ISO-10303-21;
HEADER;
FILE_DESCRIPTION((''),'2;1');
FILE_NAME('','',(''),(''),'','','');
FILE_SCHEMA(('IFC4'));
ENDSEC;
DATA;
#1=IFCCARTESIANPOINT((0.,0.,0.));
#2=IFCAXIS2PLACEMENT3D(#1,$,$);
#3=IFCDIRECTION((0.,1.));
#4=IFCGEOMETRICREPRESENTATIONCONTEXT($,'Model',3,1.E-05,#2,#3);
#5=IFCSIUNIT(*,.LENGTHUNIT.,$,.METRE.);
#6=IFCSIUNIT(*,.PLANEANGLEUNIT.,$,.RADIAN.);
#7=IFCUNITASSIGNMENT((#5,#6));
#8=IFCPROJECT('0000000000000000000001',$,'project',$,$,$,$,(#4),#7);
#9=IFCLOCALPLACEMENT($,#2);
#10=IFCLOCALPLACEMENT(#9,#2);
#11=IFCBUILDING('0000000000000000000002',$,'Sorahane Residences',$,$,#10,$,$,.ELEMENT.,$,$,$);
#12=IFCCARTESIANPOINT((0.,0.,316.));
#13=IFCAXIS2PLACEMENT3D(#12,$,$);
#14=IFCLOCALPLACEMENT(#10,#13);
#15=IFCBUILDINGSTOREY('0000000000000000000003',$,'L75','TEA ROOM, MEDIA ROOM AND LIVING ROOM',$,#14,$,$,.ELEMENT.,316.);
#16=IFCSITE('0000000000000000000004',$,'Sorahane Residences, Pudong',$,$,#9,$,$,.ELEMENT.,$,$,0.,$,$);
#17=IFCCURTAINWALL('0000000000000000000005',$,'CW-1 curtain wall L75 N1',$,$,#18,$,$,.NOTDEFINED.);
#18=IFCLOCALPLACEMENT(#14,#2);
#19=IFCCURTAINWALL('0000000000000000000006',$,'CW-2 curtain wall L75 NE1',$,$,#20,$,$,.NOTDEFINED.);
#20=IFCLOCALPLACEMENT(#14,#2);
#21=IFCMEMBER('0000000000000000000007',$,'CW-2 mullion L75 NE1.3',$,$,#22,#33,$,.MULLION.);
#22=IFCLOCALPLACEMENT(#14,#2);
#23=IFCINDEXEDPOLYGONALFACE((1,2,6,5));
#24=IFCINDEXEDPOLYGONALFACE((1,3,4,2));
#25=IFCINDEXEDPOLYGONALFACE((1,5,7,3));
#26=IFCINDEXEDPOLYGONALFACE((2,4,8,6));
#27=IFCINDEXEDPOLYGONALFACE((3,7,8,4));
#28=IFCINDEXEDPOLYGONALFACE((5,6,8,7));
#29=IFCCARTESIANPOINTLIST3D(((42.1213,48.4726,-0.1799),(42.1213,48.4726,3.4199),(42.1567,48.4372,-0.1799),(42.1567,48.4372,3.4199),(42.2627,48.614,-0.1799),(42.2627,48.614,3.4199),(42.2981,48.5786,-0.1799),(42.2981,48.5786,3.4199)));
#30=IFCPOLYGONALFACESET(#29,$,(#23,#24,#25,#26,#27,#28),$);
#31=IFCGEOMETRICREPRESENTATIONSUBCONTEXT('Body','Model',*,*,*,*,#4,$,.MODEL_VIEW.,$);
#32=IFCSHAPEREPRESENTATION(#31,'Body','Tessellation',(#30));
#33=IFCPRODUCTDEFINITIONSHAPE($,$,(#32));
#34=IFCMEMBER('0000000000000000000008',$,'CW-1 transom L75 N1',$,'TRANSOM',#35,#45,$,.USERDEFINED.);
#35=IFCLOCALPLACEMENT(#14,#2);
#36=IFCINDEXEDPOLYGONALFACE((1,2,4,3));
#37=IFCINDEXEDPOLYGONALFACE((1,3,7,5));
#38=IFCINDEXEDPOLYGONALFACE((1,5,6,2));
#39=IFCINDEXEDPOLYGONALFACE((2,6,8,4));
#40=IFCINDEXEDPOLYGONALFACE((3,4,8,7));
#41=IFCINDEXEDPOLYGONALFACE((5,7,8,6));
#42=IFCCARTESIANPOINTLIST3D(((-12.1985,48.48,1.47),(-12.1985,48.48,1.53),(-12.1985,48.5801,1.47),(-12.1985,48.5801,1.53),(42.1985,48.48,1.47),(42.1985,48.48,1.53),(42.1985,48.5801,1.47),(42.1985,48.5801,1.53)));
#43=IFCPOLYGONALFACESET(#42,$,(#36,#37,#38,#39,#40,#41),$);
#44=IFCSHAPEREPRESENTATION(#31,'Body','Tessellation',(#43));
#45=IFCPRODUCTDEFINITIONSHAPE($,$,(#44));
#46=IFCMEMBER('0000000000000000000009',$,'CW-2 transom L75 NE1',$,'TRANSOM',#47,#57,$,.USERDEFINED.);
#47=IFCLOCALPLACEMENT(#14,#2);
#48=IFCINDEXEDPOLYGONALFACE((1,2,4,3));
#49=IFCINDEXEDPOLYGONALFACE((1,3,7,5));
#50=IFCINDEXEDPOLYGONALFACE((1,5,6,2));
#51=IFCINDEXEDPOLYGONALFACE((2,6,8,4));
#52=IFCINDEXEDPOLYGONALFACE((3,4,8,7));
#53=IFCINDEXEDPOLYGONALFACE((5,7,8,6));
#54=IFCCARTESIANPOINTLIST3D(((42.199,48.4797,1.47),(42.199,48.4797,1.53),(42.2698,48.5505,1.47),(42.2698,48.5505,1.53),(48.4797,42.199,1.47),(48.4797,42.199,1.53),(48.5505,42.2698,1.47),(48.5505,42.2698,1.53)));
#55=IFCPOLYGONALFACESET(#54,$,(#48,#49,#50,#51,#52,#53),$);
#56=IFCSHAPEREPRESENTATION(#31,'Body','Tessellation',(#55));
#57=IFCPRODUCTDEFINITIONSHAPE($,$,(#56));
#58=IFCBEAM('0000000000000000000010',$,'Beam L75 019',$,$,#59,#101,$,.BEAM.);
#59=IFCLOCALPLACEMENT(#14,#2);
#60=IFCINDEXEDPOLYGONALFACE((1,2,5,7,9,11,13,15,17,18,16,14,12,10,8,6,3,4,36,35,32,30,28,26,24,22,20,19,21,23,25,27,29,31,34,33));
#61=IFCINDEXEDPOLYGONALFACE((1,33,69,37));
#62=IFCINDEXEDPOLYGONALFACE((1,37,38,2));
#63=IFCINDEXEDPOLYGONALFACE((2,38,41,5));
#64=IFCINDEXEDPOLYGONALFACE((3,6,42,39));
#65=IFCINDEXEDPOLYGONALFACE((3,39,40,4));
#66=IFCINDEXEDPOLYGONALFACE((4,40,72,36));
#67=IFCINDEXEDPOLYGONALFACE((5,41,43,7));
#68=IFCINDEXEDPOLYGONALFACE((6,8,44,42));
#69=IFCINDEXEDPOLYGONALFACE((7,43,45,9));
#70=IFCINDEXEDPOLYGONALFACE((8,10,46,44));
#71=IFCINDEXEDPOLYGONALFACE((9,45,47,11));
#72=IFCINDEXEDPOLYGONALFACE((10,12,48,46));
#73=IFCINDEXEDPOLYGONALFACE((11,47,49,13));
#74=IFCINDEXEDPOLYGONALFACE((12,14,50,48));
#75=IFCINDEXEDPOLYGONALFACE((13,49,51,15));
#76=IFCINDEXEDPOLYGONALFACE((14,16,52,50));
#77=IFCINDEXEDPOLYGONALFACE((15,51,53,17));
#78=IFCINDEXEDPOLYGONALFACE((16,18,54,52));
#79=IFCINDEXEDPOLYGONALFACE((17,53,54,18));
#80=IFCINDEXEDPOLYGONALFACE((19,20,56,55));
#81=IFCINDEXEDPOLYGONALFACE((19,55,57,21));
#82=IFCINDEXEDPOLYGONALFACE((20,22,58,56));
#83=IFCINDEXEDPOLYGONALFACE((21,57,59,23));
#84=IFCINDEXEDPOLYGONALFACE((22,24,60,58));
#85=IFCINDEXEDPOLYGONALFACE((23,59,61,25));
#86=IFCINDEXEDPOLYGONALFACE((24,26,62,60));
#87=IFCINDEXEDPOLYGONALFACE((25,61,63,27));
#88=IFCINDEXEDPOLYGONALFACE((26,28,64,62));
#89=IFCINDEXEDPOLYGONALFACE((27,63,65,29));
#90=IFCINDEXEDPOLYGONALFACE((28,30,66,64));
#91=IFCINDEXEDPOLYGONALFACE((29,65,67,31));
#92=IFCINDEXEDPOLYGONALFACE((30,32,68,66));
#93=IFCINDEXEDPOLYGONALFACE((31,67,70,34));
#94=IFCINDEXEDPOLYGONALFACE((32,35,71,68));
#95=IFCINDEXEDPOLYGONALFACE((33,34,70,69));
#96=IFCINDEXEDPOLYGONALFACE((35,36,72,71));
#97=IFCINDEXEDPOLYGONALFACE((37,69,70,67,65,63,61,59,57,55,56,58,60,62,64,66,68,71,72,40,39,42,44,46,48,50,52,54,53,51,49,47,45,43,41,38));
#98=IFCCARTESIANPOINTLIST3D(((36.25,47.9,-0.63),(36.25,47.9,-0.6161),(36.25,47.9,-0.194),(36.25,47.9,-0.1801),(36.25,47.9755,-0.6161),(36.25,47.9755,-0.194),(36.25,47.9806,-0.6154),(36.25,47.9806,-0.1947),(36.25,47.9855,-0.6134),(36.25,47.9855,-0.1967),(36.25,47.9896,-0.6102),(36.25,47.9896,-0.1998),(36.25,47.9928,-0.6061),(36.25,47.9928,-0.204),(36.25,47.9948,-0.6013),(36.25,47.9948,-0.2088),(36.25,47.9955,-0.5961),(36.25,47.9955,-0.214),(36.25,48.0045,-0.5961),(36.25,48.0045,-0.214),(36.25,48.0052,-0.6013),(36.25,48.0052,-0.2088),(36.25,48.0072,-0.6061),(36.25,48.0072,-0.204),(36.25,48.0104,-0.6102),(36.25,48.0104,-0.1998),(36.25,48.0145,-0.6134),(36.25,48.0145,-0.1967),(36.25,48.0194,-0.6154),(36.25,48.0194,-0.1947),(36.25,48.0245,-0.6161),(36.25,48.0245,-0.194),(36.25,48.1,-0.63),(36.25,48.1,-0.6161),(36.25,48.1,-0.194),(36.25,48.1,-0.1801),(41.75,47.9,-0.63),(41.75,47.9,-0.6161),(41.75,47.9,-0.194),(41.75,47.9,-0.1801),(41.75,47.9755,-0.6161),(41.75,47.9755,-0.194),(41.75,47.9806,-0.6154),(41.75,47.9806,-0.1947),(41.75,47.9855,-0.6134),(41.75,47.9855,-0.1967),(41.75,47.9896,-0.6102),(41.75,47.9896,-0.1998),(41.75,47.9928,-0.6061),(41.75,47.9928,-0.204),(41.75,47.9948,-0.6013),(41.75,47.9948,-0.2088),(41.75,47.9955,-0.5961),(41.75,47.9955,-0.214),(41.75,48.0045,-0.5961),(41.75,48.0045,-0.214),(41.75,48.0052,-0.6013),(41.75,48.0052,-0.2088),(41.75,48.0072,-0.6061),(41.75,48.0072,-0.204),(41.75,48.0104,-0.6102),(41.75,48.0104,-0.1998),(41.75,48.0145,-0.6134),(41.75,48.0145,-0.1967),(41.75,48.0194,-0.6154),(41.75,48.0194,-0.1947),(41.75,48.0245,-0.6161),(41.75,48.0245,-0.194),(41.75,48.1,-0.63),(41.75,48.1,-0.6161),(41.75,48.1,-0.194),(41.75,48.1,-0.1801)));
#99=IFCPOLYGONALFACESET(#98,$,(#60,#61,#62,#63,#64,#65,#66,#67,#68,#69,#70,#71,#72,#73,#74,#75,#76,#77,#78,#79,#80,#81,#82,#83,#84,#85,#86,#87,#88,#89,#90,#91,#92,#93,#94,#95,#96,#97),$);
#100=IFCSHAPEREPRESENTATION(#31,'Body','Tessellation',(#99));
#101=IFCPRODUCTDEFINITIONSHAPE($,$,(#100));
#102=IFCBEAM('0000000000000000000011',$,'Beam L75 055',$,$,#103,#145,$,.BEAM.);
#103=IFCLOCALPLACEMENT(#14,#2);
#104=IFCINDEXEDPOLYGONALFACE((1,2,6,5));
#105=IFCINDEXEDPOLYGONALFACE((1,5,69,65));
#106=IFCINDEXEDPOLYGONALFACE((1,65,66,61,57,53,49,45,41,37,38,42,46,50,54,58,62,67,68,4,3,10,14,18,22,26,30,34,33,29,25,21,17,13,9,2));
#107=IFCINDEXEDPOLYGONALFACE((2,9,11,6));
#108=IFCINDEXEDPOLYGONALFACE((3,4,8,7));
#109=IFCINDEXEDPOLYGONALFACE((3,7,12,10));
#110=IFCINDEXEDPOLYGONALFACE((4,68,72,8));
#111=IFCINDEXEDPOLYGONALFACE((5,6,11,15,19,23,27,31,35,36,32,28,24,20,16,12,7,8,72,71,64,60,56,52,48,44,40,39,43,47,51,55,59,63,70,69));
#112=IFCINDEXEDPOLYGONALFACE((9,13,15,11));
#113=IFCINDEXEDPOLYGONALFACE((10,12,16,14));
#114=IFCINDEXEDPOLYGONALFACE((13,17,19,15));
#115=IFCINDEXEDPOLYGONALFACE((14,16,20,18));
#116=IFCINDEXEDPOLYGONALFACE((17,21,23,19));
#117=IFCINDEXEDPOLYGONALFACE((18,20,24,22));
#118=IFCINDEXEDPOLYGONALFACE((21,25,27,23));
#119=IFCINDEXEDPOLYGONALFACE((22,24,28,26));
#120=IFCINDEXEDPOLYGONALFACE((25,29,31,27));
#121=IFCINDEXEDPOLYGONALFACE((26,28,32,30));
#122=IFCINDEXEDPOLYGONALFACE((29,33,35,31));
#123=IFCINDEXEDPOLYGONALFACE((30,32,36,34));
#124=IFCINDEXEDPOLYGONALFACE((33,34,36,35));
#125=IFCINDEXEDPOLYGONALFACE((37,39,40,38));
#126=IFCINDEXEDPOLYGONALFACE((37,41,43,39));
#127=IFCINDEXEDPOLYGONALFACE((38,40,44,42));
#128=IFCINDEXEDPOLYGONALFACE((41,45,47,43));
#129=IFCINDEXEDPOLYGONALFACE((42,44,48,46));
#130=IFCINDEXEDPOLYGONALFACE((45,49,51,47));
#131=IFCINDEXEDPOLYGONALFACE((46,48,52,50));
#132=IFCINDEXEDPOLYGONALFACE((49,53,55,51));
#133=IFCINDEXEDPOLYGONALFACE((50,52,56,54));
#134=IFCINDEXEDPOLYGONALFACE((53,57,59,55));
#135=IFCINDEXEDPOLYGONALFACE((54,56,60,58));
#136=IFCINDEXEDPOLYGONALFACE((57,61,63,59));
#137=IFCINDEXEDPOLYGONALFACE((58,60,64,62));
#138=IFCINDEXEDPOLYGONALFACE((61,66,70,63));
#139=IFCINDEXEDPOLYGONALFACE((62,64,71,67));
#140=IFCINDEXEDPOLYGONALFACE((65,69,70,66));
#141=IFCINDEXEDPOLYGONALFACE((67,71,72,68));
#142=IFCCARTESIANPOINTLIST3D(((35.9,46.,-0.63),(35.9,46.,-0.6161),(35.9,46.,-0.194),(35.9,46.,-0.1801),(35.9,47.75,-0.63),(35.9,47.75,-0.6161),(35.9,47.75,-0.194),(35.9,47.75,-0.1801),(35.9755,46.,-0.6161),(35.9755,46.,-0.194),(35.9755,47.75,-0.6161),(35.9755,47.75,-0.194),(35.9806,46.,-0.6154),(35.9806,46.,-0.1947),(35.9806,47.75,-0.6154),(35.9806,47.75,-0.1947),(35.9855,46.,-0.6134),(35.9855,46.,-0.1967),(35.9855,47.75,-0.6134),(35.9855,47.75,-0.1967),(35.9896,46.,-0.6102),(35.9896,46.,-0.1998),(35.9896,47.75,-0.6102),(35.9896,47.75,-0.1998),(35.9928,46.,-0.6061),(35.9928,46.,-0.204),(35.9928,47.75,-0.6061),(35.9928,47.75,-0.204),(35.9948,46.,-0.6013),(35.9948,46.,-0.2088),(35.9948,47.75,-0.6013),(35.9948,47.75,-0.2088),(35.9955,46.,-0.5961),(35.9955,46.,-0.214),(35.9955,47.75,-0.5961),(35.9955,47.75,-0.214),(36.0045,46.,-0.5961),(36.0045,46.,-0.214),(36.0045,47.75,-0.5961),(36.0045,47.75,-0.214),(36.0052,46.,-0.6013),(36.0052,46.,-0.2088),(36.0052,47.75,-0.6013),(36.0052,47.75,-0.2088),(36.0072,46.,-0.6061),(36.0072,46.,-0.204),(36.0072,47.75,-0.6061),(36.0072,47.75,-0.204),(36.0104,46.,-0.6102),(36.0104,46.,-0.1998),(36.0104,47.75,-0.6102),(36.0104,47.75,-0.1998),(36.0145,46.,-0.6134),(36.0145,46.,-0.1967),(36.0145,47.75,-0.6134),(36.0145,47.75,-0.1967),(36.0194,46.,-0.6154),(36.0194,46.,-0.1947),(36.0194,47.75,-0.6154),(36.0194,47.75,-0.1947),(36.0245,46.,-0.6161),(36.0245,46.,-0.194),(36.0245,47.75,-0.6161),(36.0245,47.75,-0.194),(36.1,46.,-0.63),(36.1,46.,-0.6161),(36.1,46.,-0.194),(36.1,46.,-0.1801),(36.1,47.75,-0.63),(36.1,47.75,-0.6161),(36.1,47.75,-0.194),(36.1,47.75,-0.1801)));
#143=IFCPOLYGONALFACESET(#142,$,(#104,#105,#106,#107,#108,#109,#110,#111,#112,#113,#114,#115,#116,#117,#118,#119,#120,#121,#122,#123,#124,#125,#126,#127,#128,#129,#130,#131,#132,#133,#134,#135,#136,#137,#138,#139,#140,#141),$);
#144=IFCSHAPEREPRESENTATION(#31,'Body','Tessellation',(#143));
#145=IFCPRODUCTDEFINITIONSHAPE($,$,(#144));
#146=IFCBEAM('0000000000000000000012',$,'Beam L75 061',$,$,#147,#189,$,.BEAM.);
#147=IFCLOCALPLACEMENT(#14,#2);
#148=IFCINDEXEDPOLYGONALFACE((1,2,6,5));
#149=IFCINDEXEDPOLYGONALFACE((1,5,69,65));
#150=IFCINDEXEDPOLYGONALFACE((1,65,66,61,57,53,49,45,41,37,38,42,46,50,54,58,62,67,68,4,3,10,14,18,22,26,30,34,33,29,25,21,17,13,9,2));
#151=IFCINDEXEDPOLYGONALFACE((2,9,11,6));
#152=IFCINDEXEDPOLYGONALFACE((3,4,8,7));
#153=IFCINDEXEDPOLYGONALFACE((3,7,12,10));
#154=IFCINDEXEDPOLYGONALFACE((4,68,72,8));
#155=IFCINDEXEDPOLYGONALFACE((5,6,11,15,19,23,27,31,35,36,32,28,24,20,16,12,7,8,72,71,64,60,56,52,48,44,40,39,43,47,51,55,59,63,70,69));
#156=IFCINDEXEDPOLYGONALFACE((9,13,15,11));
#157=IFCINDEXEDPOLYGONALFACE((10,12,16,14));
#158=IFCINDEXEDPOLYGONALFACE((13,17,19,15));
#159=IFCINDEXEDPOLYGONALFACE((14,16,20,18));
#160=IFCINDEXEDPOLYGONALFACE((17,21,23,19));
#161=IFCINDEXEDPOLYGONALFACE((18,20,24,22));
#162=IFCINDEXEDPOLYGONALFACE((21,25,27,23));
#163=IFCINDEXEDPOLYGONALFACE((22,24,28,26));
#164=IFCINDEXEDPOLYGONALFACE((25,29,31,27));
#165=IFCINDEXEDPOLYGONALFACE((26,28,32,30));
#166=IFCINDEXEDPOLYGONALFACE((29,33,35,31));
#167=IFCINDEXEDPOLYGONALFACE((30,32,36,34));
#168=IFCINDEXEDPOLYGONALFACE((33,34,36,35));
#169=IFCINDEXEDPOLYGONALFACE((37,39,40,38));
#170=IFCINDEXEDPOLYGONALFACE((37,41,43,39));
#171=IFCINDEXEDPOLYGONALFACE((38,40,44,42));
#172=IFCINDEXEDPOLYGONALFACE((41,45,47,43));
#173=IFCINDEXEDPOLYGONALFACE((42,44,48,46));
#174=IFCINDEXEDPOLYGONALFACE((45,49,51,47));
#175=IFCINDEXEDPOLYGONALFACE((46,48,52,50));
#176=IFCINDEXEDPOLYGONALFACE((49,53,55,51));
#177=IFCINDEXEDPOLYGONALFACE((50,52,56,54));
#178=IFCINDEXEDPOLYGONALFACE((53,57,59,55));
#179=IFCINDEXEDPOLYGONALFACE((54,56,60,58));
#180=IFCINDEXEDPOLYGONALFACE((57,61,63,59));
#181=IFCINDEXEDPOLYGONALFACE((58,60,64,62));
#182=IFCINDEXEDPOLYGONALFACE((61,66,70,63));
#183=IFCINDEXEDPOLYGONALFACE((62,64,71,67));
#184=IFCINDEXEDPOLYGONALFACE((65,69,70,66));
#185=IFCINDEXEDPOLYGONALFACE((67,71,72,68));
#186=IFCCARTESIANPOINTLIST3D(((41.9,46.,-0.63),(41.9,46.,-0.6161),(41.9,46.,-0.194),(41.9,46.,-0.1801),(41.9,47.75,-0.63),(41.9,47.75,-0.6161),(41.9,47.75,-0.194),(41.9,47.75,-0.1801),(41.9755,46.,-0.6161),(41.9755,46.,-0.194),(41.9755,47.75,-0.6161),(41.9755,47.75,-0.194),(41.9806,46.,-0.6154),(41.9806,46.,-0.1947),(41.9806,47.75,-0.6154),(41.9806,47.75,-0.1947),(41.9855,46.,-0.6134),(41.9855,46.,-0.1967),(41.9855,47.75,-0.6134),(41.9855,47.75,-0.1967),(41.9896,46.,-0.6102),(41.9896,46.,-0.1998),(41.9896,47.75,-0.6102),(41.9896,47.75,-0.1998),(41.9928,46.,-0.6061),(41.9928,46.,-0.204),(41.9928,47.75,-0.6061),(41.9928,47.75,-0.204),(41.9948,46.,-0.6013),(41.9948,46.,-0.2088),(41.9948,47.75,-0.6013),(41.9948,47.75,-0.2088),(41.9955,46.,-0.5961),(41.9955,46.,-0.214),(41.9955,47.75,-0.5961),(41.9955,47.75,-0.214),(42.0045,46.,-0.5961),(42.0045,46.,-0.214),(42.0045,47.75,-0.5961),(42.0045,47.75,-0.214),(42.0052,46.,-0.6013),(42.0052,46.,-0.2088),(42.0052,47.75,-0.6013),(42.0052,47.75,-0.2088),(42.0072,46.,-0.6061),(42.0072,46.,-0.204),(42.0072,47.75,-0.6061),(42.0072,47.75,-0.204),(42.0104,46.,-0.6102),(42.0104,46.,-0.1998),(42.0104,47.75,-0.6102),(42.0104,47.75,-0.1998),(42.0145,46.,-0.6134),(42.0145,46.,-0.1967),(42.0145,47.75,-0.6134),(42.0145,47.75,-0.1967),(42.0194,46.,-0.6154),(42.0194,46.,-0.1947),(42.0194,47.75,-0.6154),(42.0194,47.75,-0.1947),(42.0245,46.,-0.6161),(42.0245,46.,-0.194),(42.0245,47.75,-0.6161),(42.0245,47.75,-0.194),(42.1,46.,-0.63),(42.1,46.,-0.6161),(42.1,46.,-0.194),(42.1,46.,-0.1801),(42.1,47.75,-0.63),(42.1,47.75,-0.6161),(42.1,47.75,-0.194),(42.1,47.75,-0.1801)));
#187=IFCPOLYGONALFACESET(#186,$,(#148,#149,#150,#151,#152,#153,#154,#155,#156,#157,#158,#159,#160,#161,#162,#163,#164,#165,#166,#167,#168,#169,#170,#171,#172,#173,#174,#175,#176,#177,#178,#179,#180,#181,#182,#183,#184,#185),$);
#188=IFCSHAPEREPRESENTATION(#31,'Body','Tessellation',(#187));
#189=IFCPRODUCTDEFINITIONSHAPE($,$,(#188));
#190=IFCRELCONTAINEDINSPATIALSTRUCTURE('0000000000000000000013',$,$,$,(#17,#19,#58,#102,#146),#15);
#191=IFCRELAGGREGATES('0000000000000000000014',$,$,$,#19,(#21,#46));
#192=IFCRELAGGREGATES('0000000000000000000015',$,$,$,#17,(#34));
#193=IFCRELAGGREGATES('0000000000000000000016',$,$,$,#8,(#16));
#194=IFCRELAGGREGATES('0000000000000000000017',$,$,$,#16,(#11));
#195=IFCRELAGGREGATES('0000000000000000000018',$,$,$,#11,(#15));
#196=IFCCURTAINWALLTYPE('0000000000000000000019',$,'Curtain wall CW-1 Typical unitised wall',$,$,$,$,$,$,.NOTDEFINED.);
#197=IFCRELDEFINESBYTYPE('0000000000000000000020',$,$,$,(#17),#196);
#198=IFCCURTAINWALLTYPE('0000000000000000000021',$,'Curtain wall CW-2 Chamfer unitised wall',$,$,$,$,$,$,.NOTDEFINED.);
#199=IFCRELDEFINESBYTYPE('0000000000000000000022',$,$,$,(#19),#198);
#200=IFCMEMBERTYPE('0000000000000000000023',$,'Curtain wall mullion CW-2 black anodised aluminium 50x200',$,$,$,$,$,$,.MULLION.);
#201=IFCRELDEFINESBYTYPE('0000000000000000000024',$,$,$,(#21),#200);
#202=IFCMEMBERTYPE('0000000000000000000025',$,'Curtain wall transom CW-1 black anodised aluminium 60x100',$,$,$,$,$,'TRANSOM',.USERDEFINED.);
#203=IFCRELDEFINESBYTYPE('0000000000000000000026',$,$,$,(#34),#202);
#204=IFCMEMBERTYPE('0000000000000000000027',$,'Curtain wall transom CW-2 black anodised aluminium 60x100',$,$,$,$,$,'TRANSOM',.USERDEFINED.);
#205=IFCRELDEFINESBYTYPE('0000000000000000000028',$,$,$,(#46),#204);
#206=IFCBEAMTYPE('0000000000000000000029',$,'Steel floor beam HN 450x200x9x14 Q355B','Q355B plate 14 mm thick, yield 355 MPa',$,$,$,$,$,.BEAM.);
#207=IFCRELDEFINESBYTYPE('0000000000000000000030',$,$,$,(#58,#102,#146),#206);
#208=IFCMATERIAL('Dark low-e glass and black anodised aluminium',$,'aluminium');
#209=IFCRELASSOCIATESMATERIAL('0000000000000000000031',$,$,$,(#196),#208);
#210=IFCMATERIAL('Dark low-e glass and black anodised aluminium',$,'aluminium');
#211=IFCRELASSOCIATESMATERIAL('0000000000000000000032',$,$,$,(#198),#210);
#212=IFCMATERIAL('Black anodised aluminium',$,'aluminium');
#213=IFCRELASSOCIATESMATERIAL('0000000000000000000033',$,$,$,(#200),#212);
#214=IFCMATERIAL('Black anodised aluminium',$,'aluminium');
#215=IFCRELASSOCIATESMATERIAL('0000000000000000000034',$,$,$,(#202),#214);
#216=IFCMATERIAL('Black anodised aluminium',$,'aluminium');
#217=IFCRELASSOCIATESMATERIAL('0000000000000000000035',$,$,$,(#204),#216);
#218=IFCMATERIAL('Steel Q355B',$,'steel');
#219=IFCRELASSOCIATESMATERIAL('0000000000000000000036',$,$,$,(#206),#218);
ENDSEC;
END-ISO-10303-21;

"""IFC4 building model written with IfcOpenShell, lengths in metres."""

from ifc_helpers import new_model, si_unit, direction, frame, origin, origin_2d, place, context, subcontext, project, spatial, rectangle, i_section, extrude, material, material_profile, profile_set, type_object, element, aggregate, save


model = new_model("IFC4")

# Units and contexts
model_context = context("Model", 3, precision=1e-05, world=origin(), true_north=direction((0.0, 1.0)))
body_context = subcontext(model_context, "Body", "Model", "MODEL_VIEW")
ifc_project = project(units=[si_unit("LENGTHUNIT", "METRE"), si_unit("PLANEANGLEUNIT", "RADIAN")], contexts=[model_context])

# Site, building, storey
site_placement = place(None, origin())
site = spatial("IfcSite", under=ifc_project, at=site_placement, Name="Sorahane Residences, Pudong", CompositionType="ELEMENT", RefElevation=0.0)
building_placement = place(site_placement, origin())
building = spatial("IfcBuilding", under=site, at=building_placement, Name="Sorahane Residences", CompositionType="ELEMENT")
storey_placement = place(building_placement, frame((0.0, 0.0, 316.0)))
storey = spatial("IfcBuildingStorey", under=building, at=storey_placement, Name="L75", Description="TEA ROOM, MEDIA ROOM AND LIVING ROOM", CompositionType="ELEMENT", Elevation=316.0)

# Curtain wall
ifc_material_1 = material(Name="Dark low-e glass and black anodised aluminium", Category="aluminium")
curtain_wall_type_1 = type_object("IfcCurtainWallType", Name="Curtain wall CW-1 Typical unitised wall", PredefinedType="NOTDEFINED", material=ifc_material_1)
curtain_wall_1_placement = place(storey_placement, origin())
curtain_wall_1 = element("IfcCurtainWall", 1, at=curtain_wall_1_placement, inside=storey, type_object=curtain_wall_type_1, Name="CW-1 curtain wall L75 N1", PredefinedType="NOTDEFINED")

# Curtain wall, member
ifc_material_2 = material(Name="Dark low-e glass and black anodised aluminium", Category="aluminium")
curtain_wall_type_2 = type_object("IfcCurtainWallType", Name="Curtain wall CW-2 Chamfer unitised wall", PredefinedType="NOTDEFINED", material=ifc_material_2)
curtain_wall_2_placement = place(storey_placement, origin())
curtain_wall_2 = element("IfcCurtainWall", 2, at=curtain_wall_2_placement, inside=storey, type_object=curtain_wall_type_2, Name="CW-2 curtain wall L75 NE1", PredefinedType="NOTDEFINED")
ifc_material_3 = material(Name="Black anodised aluminium", Category="aluminium")
ifc_material_profile_1 = material_profile(ifc_material_3, rectangle(XDim=0.2, YDim=0.05, at=origin_2d()), Name="Curtain wall mullion CW-2 black anodised aluminium 50x200")
ifc_profile_set_1 = profile_set([ifc_material_profile_1], Name="Black anodised aluminium")
member_type_1 = type_object("IfcMemberType", Name="Curtain wall mullion CW-2 black anodised aluminium 50x200", PredefinedType="MULLION", material=ifc_profile_set_1)
member_1_placement = place(storey_placement, frame((42.2097, 48.5256, -0.1799), z_axis=(0.0, 0.0, 1.0), x_axis=(0.707107, 0.707107, 0.0)))
member_1 = element("IfcMember", 3, at=member_1_placement, type_object=member_type_1, Name="CW-2 mullion L75 NE1.3", PredefinedType="MULLION", context=body_context, shape_type="SweptSolid", body=[
    extrude(rectangle(XDim=0.2, YDim=0.05, at=origin_2d()), origin(), (0.0, 0.0, 1.0), 3.5999),
])

# Members
ifc_material_4 = material(Name="Black anodised aluminium", Category="aluminium")
ifc_material_profile_2 = material_profile(ifc_material_4, rectangle(XDim=0.1001, YDim=0.0601, at=origin_2d()), Name="Curtain wall transom CW-1 black anodised aluminium 60x100")
ifc_profile_set_2 = profile_set([ifc_material_profile_2], Name="Black anodised aluminium")
member_type_2 = type_object("IfcMemberType", Name="Curtain wall transom CW-1 black anodised aluminium 60x100", ElementType="TRANSOM", PredefinedType="USERDEFINED", material=ifc_profile_set_2)
member_2_placement = place(storey_placement, frame((42.1985, 48.53, 1.5), z_axis=(-1.0, 0.0, 0.0), x_axis=(0.0, -1.0, 0.0)))
member_2 = element("IfcMember", 4, at=member_2_placement, type_object=member_type_2, Name="CW-1 transom L75 N1", ObjectType="TRANSOM", PredefinedType="USERDEFINED", context=body_context, shape_type="SweptSolid", body=[
    extrude(rectangle(XDim=0.1001, YDim=0.0601, at=origin_2d()), origin(), (0.0, 0.0, 1.0), 54.397),
])
ifc_material_5 = material(Name="Black anodised aluminium", Category="aluminium")
ifc_material_profile_3 = material_profile(ifc_material_5, rectangle(XDim=0.1001, YDim=0.0601, at=origin_2d()), Name="Curtain wall transom CW-2 black anodised aluminium 60x100")
ifc_profile_set_3 = profile_set([ifc_material_profile_3], Name="Black anodised aluminium")
member_type_3 = type_object("IfcMemberType", Name="Curtain wall transom CW-2 black anodised aluminium 60x100", ElementType="TRANSOM", PredefinedType="USERDEFINED", material=ifc_profile_set_3)
member_3_placement = place(storey_placement, frame((48.5151, 42.2344, 1.5), z_axis=(-0.707107, 0.707107, 0.0), x_axis=(-0.707107, -0.707107, 0.0)))
member_3 = element("IfcMember", 5, at=member_3_placement, type_object=member_type_3, Name="CW-2 transom L75 NE1", ObjectType="TRANSOM", PredefinedType="USERDEFINED", context=body_context, shape_type="SweptSolid", body=[
    extrude(rectangle(XDim=0.1001, YDim=0.0601, at=origin_2d()), origin(), (0.0, 0.0, 1.0), 8.8823),
])

# Beams
ifc_material_6 = material(Name="Steel Q355B", Category="steel")
ifc_material_profile_4 = material_profile(ifc_material_6, i_section(OverallWidth=0.2, OverallDepth=0.45, WebThickness=0.009, FlangeThickness=0.0139, FilletRadius=0.02, at=origin_2d()), Name="HN 450x200x9x14")
ifc_profile_set_4 = profile_set([ifc_material_profile_4], Name="Steel Q355B")
beam_type = type_object("IfcBeamType", Name="Steel floor beam HN 450x200x9x14 Q355B", Description="Q355B plate 14 mm thick, yield 355 MPa", PredefinedType="BEAM", material=ifc_profile_set_4)
beam_placement = place(storey_placement, frame((36.25, 48.0, -0.405), z_axis=(1.0, 0.0, 0.0), x_axis=(0.0, 1.0, 0.0)))
element("IfcBeam", 6, at=beam_placement, inside=storey, type_object=beam_type, Name="Beam L75 019", PredefinedType="BEAM", context=body_context, shape_type="SweptSolid", body=[
    extrude(i_section(OverallWidth=0.2, OverallDepth=0.45, WebThickness=0.009, FlangeThickness=0.0139, FilletRadius=0.02, at=origin_2d()), origin(), (0.0, 0.0, 1.0), 5.5),
])
for number, where, z_axis, x_axis, name in (
    (7, (36.0, 46.0, -0.405), (0.0, 1.0, 0.0), (-1.0, 0.0, 0.0), "Beam L75 055"),
    (8, (42.0, 46.0, -0.405), (0.0, 1.0, 0.0), (-1.0, 0.0, 0.0), "Beam L75 061"),
):
    element("IfcBeam", number, at=place(storey_placement, frame(where, z_axis=z_axis, x_axis=x_axis)), inside=storey, type_object=beam_type, Name=name, PredefinedType="BEAM", context=body_context, shape_type="SweptSolid", body=[
        extrude(i_section(OverallWidth=0.2, OverallDepth=0.45, WebThickness=0.009, FlangeThickness=0.0139, FilletRadius=0.02, at=origin_2d()), origin(), (0.0, 0.0, 1.0), 1.75),
    ])

aggregate(curtain_wall_2, [member_1, member_3])
aggregate(curtain_wall_1, [member_2])

save(model, "model.ifc")
